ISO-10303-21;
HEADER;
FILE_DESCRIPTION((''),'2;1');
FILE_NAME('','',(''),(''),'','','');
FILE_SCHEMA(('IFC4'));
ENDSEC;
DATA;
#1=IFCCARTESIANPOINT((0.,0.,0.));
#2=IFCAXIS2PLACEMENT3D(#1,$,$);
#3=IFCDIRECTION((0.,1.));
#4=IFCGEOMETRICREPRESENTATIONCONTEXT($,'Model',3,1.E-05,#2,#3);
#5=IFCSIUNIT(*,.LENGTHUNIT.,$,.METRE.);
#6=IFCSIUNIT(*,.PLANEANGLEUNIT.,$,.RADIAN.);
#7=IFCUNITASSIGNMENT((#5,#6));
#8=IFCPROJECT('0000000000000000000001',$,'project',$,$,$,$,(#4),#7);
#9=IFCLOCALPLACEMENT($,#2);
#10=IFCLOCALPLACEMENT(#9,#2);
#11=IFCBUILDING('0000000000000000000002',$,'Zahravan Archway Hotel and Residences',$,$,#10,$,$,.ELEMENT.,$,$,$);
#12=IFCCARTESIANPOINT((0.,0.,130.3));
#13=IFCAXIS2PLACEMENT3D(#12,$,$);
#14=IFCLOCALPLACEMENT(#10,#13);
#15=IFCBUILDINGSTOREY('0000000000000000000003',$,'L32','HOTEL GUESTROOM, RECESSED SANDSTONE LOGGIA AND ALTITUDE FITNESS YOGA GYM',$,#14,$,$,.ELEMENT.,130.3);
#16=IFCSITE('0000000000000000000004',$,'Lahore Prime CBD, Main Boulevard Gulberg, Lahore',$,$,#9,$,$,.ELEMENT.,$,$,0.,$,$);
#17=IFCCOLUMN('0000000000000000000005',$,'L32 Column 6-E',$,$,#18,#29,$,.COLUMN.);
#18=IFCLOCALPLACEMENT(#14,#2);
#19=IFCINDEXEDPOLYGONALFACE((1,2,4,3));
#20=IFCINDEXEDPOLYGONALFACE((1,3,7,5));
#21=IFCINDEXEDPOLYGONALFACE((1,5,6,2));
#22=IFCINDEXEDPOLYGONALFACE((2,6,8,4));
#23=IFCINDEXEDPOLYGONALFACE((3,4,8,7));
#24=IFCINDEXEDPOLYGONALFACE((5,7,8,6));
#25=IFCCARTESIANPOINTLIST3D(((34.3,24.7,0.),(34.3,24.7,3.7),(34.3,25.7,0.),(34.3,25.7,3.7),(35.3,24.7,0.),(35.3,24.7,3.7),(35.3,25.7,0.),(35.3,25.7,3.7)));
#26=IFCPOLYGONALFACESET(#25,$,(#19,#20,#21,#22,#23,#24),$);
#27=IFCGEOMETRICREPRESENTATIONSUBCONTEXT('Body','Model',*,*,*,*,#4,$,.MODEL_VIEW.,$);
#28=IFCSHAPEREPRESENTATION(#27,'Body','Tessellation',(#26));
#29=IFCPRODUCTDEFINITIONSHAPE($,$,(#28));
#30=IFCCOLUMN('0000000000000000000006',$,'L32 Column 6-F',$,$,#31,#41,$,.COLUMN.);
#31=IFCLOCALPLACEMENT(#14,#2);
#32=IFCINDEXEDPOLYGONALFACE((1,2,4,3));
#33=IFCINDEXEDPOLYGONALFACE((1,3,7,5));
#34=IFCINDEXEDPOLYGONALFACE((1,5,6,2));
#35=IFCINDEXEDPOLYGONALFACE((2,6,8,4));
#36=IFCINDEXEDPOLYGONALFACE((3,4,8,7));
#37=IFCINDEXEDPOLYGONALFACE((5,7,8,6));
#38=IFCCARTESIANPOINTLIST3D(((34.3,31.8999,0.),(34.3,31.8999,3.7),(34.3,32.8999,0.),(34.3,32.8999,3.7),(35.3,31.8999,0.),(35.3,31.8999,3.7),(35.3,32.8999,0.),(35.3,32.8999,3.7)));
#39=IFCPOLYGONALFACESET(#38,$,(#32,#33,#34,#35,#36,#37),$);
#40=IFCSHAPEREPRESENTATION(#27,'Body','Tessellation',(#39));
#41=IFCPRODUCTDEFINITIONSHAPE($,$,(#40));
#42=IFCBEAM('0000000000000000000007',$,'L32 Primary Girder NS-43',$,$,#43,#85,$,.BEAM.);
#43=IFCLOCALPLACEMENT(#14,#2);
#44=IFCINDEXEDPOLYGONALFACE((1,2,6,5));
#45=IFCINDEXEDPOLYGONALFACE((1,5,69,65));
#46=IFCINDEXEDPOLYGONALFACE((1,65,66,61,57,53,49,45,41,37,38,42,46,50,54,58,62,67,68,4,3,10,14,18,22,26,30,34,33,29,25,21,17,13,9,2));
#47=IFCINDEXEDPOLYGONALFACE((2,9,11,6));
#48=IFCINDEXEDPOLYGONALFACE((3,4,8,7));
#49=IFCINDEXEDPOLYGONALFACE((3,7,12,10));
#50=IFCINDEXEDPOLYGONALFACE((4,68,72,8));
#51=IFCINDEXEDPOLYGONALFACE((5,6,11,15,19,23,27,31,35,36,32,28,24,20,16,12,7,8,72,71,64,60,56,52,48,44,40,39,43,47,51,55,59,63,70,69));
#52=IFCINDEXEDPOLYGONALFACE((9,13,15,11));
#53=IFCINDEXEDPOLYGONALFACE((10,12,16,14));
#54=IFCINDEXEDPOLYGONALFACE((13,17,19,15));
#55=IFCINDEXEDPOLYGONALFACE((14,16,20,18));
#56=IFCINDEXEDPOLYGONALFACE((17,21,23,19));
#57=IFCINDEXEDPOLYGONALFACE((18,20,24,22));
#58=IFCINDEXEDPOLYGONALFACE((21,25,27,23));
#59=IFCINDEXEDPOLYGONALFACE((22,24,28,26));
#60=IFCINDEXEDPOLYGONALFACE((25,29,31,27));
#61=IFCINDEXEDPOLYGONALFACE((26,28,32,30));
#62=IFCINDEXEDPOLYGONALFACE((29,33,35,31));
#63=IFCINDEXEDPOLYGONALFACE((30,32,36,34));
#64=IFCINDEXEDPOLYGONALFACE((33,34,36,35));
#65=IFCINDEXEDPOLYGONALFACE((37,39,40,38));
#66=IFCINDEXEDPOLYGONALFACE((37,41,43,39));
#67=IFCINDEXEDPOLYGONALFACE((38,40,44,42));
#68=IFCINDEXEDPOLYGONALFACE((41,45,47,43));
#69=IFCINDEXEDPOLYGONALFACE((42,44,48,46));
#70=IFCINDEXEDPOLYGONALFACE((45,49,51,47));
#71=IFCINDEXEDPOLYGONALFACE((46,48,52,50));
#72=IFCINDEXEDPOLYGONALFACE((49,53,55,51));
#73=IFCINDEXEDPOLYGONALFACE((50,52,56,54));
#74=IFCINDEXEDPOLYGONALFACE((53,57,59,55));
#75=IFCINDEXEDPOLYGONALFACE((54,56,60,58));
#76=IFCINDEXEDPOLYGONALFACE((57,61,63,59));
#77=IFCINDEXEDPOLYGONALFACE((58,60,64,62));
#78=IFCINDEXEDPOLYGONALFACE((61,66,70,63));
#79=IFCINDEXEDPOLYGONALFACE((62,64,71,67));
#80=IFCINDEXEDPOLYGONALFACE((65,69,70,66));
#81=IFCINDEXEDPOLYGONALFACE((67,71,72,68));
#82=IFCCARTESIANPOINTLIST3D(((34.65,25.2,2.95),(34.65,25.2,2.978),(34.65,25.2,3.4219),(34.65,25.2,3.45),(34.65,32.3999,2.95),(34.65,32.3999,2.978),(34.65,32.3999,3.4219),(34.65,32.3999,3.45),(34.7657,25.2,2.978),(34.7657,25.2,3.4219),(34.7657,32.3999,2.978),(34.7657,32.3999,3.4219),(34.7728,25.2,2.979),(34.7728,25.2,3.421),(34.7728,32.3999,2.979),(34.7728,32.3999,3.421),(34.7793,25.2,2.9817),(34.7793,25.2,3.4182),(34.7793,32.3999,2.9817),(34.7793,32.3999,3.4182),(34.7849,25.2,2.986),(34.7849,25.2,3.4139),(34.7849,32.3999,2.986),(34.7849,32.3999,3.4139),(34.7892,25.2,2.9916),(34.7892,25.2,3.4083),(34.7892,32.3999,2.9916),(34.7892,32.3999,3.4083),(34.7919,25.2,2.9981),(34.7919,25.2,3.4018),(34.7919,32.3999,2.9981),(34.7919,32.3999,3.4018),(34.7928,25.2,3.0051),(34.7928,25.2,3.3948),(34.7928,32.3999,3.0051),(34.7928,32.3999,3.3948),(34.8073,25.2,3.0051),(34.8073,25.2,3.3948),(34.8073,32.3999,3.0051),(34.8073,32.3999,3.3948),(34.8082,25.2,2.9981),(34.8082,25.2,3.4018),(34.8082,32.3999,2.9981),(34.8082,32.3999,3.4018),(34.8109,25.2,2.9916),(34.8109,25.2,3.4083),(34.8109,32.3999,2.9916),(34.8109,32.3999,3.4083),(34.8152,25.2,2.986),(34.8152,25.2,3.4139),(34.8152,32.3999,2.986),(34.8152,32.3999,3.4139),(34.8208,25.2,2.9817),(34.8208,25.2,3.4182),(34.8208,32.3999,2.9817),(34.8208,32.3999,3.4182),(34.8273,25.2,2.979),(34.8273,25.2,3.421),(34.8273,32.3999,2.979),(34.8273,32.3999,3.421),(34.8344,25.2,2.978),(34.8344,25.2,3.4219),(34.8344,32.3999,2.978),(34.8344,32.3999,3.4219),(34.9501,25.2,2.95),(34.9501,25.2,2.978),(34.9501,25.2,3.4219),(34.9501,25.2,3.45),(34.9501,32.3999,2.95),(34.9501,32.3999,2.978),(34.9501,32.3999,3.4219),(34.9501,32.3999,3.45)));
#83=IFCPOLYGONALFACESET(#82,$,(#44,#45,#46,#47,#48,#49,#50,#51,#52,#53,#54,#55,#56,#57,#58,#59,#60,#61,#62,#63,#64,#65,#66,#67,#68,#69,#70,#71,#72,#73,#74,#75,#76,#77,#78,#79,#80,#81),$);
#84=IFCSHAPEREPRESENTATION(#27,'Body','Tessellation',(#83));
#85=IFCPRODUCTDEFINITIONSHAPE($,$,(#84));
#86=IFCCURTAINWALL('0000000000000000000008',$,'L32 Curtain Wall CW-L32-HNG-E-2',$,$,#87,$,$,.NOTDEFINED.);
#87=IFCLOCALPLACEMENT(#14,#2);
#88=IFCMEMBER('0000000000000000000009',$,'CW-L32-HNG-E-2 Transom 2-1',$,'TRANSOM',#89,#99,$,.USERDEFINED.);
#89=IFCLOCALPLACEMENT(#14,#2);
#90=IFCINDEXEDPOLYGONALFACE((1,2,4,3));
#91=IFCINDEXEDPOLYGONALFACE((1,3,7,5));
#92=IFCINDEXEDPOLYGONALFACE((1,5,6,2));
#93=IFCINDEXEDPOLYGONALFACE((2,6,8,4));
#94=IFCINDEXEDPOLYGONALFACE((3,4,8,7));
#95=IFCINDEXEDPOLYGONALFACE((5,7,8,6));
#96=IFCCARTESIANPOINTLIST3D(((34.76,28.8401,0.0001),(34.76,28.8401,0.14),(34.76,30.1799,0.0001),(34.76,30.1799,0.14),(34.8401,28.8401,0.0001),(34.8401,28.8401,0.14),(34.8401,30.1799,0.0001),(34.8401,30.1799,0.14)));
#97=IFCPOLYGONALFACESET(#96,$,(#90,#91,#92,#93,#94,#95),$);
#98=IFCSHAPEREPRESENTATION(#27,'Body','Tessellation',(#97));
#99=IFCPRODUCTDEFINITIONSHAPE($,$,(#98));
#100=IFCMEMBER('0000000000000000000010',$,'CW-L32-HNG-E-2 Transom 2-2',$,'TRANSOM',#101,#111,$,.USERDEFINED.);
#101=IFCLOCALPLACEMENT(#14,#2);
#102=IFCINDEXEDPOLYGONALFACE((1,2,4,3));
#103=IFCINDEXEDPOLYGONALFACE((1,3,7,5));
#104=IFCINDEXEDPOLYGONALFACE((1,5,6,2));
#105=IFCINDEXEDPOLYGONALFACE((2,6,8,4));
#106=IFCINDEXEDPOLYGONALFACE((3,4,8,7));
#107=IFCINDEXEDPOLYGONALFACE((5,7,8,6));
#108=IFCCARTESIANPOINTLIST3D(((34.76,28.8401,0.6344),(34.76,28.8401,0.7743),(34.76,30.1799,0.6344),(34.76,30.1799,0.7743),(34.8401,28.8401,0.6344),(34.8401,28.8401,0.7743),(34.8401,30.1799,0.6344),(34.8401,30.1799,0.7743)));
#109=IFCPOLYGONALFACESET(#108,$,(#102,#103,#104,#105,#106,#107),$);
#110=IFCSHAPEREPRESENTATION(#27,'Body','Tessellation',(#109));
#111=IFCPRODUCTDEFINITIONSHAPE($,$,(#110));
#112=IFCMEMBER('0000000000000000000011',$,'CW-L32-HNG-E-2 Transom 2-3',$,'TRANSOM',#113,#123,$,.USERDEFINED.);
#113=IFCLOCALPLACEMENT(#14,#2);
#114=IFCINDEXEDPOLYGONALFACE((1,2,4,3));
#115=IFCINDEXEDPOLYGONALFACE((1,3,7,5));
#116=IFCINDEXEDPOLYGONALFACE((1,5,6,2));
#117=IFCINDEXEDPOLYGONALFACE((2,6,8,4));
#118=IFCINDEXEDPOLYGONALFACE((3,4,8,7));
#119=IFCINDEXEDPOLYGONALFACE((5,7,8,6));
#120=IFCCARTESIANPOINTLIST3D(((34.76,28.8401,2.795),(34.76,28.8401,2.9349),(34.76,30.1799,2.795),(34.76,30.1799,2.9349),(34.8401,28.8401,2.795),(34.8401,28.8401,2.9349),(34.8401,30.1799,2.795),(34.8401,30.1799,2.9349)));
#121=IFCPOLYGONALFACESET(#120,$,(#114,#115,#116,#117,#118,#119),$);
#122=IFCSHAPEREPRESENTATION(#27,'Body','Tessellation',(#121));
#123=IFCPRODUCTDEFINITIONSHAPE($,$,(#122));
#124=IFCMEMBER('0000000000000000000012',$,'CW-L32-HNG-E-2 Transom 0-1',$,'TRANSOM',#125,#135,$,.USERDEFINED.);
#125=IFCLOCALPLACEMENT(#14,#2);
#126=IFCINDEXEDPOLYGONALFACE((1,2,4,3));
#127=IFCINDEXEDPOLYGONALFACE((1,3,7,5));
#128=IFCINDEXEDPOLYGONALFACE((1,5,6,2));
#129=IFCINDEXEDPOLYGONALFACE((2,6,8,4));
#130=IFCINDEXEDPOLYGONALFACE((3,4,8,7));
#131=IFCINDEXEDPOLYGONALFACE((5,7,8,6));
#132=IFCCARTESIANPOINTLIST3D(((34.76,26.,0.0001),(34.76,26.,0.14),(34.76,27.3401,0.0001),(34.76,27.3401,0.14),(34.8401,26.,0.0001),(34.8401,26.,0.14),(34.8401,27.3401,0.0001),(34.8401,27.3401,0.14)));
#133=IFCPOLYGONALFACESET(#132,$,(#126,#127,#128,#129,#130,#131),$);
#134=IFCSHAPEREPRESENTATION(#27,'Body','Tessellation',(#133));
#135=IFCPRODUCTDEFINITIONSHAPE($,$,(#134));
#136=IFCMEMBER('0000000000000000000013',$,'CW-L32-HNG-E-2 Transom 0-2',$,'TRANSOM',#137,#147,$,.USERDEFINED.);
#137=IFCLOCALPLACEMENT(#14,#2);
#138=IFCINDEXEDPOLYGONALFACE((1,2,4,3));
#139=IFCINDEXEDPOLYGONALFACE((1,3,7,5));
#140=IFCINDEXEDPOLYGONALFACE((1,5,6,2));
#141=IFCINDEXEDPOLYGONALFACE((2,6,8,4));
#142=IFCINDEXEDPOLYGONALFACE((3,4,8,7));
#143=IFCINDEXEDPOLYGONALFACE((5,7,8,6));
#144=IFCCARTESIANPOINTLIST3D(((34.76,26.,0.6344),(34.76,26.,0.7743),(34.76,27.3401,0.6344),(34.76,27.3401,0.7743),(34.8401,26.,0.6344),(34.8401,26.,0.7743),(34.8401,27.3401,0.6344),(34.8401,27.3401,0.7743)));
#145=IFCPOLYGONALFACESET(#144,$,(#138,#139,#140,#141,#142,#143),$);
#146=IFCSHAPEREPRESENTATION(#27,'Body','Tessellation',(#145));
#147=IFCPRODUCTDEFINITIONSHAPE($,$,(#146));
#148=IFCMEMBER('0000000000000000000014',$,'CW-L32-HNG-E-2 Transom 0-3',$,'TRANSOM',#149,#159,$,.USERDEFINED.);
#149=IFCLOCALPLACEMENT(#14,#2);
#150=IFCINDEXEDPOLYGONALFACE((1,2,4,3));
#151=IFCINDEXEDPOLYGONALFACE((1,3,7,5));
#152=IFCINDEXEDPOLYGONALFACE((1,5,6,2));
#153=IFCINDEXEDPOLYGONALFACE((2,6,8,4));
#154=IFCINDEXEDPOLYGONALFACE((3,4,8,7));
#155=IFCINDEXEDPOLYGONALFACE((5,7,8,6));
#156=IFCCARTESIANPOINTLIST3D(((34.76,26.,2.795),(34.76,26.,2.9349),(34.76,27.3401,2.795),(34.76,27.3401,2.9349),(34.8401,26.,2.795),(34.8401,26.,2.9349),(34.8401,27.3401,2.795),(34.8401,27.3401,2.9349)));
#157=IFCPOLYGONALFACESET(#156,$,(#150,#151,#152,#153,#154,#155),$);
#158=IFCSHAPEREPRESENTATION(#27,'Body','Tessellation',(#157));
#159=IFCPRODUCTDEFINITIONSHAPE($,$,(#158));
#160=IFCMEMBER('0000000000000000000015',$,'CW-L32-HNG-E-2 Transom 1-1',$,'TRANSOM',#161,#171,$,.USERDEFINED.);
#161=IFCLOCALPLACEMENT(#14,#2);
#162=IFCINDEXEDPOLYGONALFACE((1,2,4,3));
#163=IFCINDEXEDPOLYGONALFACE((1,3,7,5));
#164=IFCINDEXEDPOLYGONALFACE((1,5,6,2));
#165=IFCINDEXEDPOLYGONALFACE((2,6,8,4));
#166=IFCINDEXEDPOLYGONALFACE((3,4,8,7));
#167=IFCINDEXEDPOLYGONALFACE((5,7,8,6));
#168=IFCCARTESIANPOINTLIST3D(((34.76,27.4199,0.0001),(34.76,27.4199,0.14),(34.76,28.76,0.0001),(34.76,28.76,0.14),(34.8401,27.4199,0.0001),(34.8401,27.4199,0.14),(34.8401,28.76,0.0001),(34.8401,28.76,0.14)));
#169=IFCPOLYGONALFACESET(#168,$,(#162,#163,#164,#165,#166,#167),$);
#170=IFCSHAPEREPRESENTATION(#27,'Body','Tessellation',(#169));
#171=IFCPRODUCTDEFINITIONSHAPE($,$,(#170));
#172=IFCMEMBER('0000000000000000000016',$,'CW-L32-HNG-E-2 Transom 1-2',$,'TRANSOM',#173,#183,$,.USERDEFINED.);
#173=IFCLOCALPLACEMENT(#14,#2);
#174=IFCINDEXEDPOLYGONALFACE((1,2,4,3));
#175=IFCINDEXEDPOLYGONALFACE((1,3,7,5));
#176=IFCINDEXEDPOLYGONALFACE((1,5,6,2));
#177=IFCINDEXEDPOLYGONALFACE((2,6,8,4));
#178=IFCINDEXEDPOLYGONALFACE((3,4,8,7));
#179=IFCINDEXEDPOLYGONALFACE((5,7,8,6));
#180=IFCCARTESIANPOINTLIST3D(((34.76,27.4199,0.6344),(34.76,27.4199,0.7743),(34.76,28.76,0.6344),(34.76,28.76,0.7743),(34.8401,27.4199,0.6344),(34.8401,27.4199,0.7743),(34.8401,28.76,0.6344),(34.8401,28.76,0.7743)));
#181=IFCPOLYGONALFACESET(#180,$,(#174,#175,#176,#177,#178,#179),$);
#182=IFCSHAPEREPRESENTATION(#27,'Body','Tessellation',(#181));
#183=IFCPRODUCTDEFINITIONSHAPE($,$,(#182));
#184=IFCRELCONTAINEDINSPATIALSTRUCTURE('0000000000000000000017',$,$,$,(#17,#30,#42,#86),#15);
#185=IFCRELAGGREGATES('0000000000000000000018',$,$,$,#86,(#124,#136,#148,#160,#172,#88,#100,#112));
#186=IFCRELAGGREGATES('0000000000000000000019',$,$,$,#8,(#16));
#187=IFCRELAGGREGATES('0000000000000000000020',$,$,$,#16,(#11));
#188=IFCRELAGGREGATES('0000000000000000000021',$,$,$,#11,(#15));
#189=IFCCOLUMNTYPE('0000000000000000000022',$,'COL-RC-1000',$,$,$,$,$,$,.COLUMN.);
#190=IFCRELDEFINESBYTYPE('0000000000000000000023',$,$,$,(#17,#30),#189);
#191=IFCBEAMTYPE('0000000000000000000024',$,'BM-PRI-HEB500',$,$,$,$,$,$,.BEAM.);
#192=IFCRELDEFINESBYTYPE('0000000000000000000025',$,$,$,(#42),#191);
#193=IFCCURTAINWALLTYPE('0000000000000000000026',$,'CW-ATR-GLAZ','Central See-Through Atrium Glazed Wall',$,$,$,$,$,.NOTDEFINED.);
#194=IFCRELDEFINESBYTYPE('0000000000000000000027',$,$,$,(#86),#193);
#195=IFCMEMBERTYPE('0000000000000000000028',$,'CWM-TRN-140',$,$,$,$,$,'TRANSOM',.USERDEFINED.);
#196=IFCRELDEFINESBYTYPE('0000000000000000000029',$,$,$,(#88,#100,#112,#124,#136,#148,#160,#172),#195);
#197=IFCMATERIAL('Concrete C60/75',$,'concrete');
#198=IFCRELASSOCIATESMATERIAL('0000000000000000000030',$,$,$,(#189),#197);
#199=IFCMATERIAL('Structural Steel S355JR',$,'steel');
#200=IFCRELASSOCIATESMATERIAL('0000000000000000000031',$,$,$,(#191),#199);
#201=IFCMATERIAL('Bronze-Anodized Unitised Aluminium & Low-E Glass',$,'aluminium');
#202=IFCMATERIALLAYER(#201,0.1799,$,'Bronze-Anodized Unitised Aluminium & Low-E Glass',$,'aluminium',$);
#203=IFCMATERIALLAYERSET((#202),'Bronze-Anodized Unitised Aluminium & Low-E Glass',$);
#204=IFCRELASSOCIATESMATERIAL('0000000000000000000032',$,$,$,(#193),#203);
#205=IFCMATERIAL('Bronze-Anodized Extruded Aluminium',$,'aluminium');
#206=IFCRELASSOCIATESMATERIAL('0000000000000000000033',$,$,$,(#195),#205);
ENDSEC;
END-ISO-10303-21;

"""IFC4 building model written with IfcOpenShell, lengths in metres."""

from ifc_helpers import new_model, si_unit, direction, frame, origin, origin_2d, place, context, subcontext, project, spatial, rectangle, i_section, extrude, source, transform, mapped, material, layer, layer_set, material_profile, profile_set, type_object, type_shapes, element, aggregate, save


model = new_model("IFC4")

# Units and contexts
model_context = context("Model", 3, precision=1e-05, world=origin(), true_north=direction((0.0, 1.0)))
body_context = subcontext(model_context, "Body", "Model", "MODEL_VIEW")
ifc_project = project(units=[si_unit("LENGTHUNIT", "METRE"), si_unit("PLANEANGLEUNIT", "RADIAN")], contexts=[model_context])

# Site, building, storey
site_placement = place(None, origin())
site = spatial("IfcSite", under=ifc_project, at=site_placement, Name="Lahore Prime CBD, Main Boulevard Gulberg, Lahore", CompositionType="ELEMENT", RefElevation=0.0)
building_placement = place(site_placement, origin())
building = spatial("IfcBuilding", under=site, at=building_placement, Name="Zahravan Archway Hotel and Residences", CompositionType="ELEMENT")
storey_placement = place(building_placement, frame((0.0, 0.0, 130.3)))
storey = spatial("IfcBuildingStorey", under=building, at=storey_placement, Name="L32", Description="HOTEL GUESTROOM, RECESSED SANDSTONE LOGGIA AND ALTITUDE FITNESS YOGA GYM", CompositionType="ELEMENT", Elevation=130.3)

# Columns
ifc_material_1 = material(Name="Concrete C60/75", Category="concrete")
ifc_material_profile_1 = material_profile(ifc_material_1, rectangle(XDim=1.0, YDim=1.0, at=origin_2d()), Name="RC-COL-1000x1000", Category="concrete")
ifc_profile_set_1 = profile_set([ifc_material_profile_1], Name="Concrete C60/75")
column_type = type_object("IfcColumnType", Name="COL-RC-1000", PredefinedType="COLUMN", material=ifc_profile_set_1)
shared_shape_1 = source(origin(), body_context, "Body", "SweptSolid", [
    extrude(rectangle(XDim=1.0, YDim=1.0, at=origin_2d()), origin(), (0.0, 0.0, 1.0), 3.7),
])
type_shapes(column_type, [shared_shape_1])
for number, where, z_axis, x_axis, name in (
    (1, (34.8, 25.2, 0.0), (0.0, 0.0, 1.0), (1.0, 0.0, 0.0), "L32 Column 6-E"),
    (2, (34.8, 32.3999, 0.0), (0.0, 0.0, 1.0), (1.0, 0.0, 0.0), "L32 Column 6-F"),
):
    element("IfcColumn", number, at=place(storey_placement, frame(where, z_axis=z_axis, x_axis=x_axis)), inside=storey, type_object=column_type, Name=name, PredefinedType="COLUMN", context=body_context, shape_type="MappedRepresentation", body=[
        mapped(shared_shape_1, transform((0.0, 0.0, 0.0), scale=1.0)),
    ])

# Beam
ifc_material_2 = material(Name="Structural Steel S355JR", Category="steel")
ifc_material_profile_2 = material_profile(ifc_material_2, i_section(OverallWidth=0.3, OverallDepth=0.5, WebThickness=0.0144, FlangeThickness=0.0281, FilletRadius=0.0271, at=origin_2d()), Name="HEB 500", Category="steel")
ifc_profile_set_2 = profile_set([ifc_material_profile_2], Name="Structural Steel S355JR")
beam_type = type_object("IfcBeamType", Name="BM-PRI-HEB500", PredefinedType="BEAM", material=ifc_profile_set_2)
shared_shape_2 = source(origin(), body_context, "Body", "SweptSolid", [
    extrude(i_section(OverallWidth=0.3, OverallDepth=0.5, WebThickness=0.0144, FlangeThickness=0.0281, FilletRadius=0.0271, at=origin_2d()), origin(), (0.0, 0.0, 1.0), 7.2),
])
beam_placement = place(storey_placement, frame((34.8, 25.2, 3.2), z_axis=(0.0, 1.0, 0.0), x_axis=(-1.0, 0.0, 0.0)))
element("IfcBeam", 3, at=beam_placement, inside=storey, type_object=beam_type, Name="L32 Primary Girder NS-43", PredefinedType="BEAM", context=body_context, shape_type="MappedRepresentation", body=[
    mapped(shared_shape_2, transform((0.0, 0.0, 0.0), scale=1.0)),
])

# Curtain wall, members
ifc_material_3 = material(Name="Bronze-Anodized Unitised Aluminium & Low-E Glass", Category="aluminium")
ifc_layer_1 = layer(ifc_material_3, 0.1799, Name="Bronze-Anodized Unitised Aluminium & Low-E Glass", Category="aluminium")
ifc_layer_set_1 = layer_set([ifc_layer_1], Name="Bronze-Anodized Unitised Aluminium & Low-E Glass")
curtain_wall_type = type_object("IfcCurtainWallType", Name="CW-ATR-GLAZ", Description="Central See-Through Atrium Glazed Wall", PredefinedType="NOTDEFINED", material=ifc_layer_set_1)
curtain_wall_1_placement = place(storey_placement, origin())
curtain_wall_1 = element("IfcCurtainWall", 4, at=curtain_wall_1_placement, inside=storey, type_object=curtain_wall_type, Name="L32 Curtain Wall CW-L32-HNG-E-2", PredefinedType="NOTDEFINED")
ifc_material_4 = material(Name="Bronze-Anodized Extruded Aluminium", Category="aluminium")
ifc_material_profile_3 = material_profile(ifc_material_4, rectangle(XDim=0.0801, YDim=0.1399, at=origin_2d()), Name="TRN 80x140", Category="aluminium")
ifc_profile_set_3 = profile_set([ifc_material_profile_3], Name="Bronze-Anodized Extruded Aluminium")
member_type_1 = type_object("IfcMemberType", Name="CWM-TRN-140", ElementType="TRANSOM", PredefinedType="USERDEFINED", material=ifc_profile_set_3)
shared_shape_3 = source(origin(), body_context, "Body", "SweptSolid", [
    extrude(rectangle(XDim=0.0801, YDim=0.1399, at=origin_2d()), origin(), (0.0, 0.0, 1.0), 1.3398),
])
member_1_placement = place(storey_placement, frame((34.8, 28.8401, 0.0701), z_axis=(0.0, 1.0, 0.0), x_axis=(-1.0, 0.0, 0.0)))
member_1 = element("IfcMember", 5, at=member_1_placement, type_object=member_type_1, Name="CW-L32-HNG-E-2 Transom 2-1", ObjectType="TRANSOM", PredefinedType="USERDEFINED", context=body_context, shape_type="MappedRepresentation", body=[
    mapped(shared_shape_3, transform((0.0, 0.0, 0.0), scale=1.0)),
])
member_2_placement = place(storey_placement, frame((34.8, 28.8401, 0.7043), z_axis=(0.0, 1.0, 0.0), x_axis=(-1.0, 0.0, 0.0)))
member_2 = element("IfcMember", 6, at=member_2_placement, type_object=member_type_1, Name="CW-L32-HNG-E-2 Transom 2-2", ObjectType="TRANSOM", PredefinedType="USERDEFINED", context=body_context, shape_type="MappedRepresentation", body=[
    mapped(shared_shape_3, transform((0.0, 0.0, 0.0), scale=1.0)),
])
member_3_placement = place(storey_placement, frame((34.8, 28.8401, 2.865), z_axis=(0.0, 1.0, 0.0), x_axis=(-1.0, 0.0, 0.0)))
member_3 = element("IfcMember", 7, at=member_3_placement, type_object=member_type_1, Name="CW-L32-HNG-E-2 Transom 2-3", ObjectType="TRANSOM", PredefinedType="USERDEFINED", context=body_context, shape_type="MappedRepresentation", body=[
    mapped(shared_shape_3, transform((0.0, 0.0, 0.0), scale=1.0)),
])
shared_shape_4 = source(origin(), body_context, "Body", "SweptSolid", [
    extrude(rectangle(XDim=0.0801, YDim=0.1399, at=origin_2d()), origin(), (0.0, 0.0, 1.0), 1.3401),
])
member_4_placement = place(storey_placement, frame((34.8, 26.0, 0.0701), z_axis=(0.0, 1.0, 0.0), x_axis=(-1.0, 0.0, 0.0)))
member_4 = element("IfcMember", 8, at=member_4_placement, type_object=member_type_1, Name="CW-L32-HNG-E-2 Transom 0-1", ObjectType="TRANSOM", PredefinedType="USERDEFINED", context=body_context, shape_type="MappedRepresentation", body=[
    mapped(shared_shape_4, transform((0.0, 0.0, 0.0), scale=1.0)),
])
member_5_placement = place(storey_placement, frame((34.8, 26.0, 0.7043), z_axis=(0.0, 1.0, 0.0), x_axis=(-1.0, 0.0, 0.0)))
member_5 = element("IfcMember", 9, at=member_5_placement, type_object=member_type_1, Name="CW-L32-HNG-E-2 Transom 0-2", ObjectType="TRANSOM", PredefinedType="USERDEFINED", context=body_context, shape_type="MappedRepresentation", body=[
    mapped(shared_shape_4, transform((0.0, 0.0, 0.0), scale=1.0)),
])
member_6_placement = place(storey_placement, frame((34.8, 26.0, 2.865), z_axis=(0.0, 1.0, 0.0), x_axis=(-1.0, 0.0, 0.0)))
member_6 = element("IfcMember", 10, at=member_6_placement, type_object=member_type_1, Name="CW-L32-HNG-E-2 Transom 0-3", ObjectType="TRANSOM", PredefinedType="USERDEFINED", context=body_context, shape_type="MappedRepresentation", body=[
    mapped(shared_shape_4, transform((0.0, 0.0, 0.0), scale=1.0)),
])
member_7_placement = place(storey_placement, frame((34.8, 27.4199, 0.0701), z_axis=(0.0, 1.0, 0.0), x_axis=(-1.0, 0.0, 0.0)))
member_7 = element("IfcMember", 11, at=member_7_placement, type_object=member_type_1, Name="CW-L32-HNG-E-2 Transom 1-1", ObjectType="TRANSOM", PredefinedType="USERDEFINED", context=body_context, shape_type="MappedRepresentation", body=[
    mapped(shared_shape_4, transform((0.0, 0.0, 0.0), scale=1.0)),
])
member_8_placement = place(storey_placement, frame((34.8, 27.4199, 0.7043), z_axis=(0.0, 1.0, 0.0), x_axis=(-1.0, 0.0, 0.0)))
member_8 = element("IfcMember", 12, at=member_8_placement, type_object=member_type_1, Name="CW-L32-HNG-E-2 Transom 1-2", ObjectType="TRANSOM", PredefinedType="USERDEFINED", context=body_context, shape_type="MappedRepresentation", body=[
    mapped(shared_shape_4, transform((0.0, 0.0, 0.0), scale=1.0)),
])

aggregate(curtain_wall_1, [member_4, member_5, member_6, member_7, member_8, member_1, member_2, member_3])

save(model, "model.ifc")
